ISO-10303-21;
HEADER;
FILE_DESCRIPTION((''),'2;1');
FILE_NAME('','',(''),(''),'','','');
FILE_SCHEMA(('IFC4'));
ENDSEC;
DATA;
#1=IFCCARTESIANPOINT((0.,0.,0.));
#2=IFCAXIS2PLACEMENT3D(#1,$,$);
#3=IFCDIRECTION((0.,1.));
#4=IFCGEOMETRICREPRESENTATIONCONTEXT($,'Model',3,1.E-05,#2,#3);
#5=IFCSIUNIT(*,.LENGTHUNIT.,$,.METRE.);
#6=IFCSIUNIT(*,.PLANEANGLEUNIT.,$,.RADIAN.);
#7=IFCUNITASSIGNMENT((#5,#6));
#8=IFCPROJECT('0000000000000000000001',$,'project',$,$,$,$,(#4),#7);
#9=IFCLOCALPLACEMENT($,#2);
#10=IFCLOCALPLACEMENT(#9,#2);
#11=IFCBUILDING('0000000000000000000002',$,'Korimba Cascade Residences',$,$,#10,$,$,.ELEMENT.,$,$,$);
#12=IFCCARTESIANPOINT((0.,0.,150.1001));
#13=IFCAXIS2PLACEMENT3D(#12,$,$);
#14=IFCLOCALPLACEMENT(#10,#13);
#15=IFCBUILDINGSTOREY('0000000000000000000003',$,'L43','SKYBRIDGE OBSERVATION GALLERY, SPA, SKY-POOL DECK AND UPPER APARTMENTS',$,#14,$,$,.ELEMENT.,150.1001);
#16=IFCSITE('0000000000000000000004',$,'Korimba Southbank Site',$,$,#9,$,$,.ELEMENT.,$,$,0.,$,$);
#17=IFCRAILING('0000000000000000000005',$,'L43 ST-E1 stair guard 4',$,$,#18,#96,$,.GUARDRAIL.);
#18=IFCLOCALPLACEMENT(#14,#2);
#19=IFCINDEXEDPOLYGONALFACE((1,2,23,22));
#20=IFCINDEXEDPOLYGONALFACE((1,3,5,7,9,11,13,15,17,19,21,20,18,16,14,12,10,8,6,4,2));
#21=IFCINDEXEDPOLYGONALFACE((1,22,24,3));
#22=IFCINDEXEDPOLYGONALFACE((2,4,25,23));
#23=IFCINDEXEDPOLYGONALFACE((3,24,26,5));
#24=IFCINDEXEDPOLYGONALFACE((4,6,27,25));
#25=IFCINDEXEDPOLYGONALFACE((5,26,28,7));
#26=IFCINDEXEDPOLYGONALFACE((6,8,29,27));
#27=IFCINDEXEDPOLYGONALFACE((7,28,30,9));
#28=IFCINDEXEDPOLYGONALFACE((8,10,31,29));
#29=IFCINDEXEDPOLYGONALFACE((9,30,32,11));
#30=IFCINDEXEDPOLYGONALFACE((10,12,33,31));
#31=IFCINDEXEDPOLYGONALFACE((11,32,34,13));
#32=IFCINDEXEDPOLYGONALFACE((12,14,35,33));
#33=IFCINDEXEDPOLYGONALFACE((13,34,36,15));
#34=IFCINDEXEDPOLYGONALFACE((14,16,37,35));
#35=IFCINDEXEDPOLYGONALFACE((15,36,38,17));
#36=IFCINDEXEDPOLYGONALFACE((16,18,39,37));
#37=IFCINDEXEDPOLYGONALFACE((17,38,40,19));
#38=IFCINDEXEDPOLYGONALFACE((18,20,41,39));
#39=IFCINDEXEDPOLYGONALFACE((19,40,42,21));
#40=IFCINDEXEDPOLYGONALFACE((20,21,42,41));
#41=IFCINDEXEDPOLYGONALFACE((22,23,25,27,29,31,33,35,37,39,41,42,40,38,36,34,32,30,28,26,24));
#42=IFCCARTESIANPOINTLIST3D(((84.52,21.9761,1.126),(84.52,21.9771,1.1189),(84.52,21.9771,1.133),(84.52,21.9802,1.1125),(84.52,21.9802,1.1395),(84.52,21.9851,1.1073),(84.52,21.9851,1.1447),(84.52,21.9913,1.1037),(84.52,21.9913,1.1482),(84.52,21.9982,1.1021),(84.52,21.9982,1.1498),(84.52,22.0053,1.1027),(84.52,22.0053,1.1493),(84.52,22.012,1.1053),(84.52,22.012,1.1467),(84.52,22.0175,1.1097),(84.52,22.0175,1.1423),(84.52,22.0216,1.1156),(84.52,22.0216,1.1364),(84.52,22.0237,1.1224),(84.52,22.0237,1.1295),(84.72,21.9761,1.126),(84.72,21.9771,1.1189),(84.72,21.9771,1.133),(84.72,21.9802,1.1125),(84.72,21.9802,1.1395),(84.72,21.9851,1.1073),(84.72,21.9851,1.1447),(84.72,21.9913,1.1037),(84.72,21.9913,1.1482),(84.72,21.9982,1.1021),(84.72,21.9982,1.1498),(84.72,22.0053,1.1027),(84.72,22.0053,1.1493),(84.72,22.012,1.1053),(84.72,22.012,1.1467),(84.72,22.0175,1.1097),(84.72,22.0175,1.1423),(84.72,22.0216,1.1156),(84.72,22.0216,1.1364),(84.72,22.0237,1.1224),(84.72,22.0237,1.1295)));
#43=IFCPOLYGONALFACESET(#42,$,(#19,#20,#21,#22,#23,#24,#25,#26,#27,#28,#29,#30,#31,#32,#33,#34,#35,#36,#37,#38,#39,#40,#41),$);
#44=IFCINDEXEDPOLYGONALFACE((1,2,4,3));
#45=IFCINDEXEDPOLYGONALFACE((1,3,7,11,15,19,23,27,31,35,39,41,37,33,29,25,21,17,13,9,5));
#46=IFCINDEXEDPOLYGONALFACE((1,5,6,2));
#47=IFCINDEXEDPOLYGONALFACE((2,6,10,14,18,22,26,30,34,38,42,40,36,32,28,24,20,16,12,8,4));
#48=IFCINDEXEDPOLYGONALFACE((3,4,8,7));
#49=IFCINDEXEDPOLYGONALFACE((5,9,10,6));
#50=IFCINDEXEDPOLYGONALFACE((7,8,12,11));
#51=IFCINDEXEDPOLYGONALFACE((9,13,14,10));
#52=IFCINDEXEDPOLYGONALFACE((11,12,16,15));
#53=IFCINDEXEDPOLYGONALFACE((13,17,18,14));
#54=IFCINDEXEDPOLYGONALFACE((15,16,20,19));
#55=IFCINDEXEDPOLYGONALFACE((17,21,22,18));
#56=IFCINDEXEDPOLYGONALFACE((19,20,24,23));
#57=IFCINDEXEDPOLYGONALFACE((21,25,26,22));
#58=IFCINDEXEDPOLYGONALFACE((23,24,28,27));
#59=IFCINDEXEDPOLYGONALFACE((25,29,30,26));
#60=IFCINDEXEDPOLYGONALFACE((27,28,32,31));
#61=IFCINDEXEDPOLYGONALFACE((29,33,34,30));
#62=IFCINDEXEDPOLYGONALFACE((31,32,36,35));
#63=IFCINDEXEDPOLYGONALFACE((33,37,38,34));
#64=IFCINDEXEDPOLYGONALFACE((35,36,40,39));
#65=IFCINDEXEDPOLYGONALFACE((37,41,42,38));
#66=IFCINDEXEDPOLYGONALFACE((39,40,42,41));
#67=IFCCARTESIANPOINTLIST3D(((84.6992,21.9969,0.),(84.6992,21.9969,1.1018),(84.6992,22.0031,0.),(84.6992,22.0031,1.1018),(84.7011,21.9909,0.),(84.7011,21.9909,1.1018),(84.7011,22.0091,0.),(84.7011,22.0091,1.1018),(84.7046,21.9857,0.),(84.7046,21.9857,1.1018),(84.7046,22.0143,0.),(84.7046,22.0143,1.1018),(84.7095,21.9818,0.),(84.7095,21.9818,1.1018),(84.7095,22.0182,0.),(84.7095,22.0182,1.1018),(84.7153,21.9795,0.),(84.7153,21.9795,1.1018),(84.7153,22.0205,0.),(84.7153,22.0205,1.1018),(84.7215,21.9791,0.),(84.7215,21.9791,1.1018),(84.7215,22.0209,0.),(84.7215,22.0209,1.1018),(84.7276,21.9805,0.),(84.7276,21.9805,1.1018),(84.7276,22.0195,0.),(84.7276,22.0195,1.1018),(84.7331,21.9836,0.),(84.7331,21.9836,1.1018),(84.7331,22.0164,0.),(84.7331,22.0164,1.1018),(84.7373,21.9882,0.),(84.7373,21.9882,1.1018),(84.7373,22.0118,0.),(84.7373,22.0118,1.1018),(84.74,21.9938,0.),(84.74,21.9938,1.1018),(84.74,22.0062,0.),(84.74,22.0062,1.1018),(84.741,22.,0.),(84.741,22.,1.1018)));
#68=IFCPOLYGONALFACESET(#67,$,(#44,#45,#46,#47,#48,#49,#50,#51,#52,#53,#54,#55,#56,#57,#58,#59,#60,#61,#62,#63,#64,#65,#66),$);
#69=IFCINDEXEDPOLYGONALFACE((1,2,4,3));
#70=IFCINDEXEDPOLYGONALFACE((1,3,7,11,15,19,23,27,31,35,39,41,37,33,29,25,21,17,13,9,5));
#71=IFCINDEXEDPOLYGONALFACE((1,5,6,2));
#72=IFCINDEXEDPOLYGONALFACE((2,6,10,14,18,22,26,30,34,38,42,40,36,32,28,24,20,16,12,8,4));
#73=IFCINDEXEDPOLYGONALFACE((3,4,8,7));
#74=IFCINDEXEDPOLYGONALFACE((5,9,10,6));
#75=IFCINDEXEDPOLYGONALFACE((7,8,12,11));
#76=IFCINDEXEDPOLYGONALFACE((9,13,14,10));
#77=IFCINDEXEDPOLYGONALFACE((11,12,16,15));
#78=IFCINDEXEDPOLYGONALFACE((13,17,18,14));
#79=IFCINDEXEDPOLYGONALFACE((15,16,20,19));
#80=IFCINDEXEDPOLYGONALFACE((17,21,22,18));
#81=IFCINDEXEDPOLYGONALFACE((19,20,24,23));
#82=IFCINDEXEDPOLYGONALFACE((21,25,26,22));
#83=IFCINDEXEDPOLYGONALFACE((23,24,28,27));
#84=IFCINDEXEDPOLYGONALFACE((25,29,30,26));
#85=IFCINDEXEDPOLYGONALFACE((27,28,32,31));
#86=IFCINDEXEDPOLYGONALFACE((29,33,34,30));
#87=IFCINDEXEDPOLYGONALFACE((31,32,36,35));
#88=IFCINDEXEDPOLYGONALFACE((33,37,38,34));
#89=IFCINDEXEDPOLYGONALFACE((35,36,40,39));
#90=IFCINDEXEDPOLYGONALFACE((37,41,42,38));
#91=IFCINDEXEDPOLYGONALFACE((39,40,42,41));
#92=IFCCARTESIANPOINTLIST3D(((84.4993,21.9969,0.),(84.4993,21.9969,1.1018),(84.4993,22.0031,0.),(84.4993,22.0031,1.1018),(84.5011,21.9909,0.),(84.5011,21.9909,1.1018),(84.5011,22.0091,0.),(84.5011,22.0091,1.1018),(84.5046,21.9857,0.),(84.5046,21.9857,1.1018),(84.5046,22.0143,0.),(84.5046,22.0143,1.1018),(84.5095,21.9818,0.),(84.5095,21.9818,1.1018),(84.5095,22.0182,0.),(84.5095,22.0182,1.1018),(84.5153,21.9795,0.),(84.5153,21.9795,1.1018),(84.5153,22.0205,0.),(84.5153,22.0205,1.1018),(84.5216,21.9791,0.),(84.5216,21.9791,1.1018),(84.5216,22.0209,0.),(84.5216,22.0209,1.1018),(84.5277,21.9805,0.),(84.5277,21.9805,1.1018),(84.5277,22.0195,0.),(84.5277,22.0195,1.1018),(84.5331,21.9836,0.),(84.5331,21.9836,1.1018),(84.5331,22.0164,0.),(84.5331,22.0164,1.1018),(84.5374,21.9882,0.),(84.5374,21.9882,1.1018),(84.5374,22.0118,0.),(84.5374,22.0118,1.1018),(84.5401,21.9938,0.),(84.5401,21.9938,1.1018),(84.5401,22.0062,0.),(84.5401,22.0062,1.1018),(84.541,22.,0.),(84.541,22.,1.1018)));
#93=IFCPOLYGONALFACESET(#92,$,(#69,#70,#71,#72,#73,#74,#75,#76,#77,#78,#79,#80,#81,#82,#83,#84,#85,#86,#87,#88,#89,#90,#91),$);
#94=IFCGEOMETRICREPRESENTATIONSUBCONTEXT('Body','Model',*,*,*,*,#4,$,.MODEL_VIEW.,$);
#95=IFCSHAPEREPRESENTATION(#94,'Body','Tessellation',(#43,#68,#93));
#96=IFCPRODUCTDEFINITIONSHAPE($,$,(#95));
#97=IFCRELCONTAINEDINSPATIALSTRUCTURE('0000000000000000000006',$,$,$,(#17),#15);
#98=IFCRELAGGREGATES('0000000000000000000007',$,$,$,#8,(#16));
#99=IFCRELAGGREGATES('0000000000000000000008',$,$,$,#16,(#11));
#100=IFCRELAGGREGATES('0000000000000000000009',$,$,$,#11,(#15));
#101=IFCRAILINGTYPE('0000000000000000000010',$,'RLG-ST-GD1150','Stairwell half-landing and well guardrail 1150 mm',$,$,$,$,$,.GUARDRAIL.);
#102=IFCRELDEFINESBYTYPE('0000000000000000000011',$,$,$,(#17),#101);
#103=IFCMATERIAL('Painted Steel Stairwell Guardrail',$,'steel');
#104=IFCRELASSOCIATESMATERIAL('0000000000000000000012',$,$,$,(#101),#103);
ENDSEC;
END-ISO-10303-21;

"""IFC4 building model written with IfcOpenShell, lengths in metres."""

from ifc_helpers import new_model, si_unit, direction, frame, origin, origin_2d, place, context, subcontext, project, spatial, circle, extrude, material, type_object, element, save


model = new_model("IFC4")

# Units and contexts
model_context = context("Model", 3, precision=1e-05, world=origin(), true_north=direction((0.0, 1.0)))
body_context = subcontext(model_context, "Body", "Model", "MODEL_VIEW")
ifc_project = project(units=[si_unit("LENGTHUNIT", "METRE"), si_unit("PLANEANGLEUNIT", "RADIAN")], contexts=[model_context])

# Site, building, storey
site_placement = place(None, origin())
site = spatial("IfcSite", under=ifc_project, at=site_placement, Name="Korimba Southbank Site", CompositionType="ELEMENT", RefElevation=0.0)
building_placement = place(site_placement, origin())
building = spatial("IfcBuilding", under=site, at=building_placement, Name="Korimba Cascade Residences", CompositionType="ELEMENT")
storey_placement = place(building_placement, frame((0.0, 0.0, 150.1001)))
storey = spatial("IfcBuildingStorey", under=building, at=storey_placement, Name="L43", Description="SKYBRIDGE OBSERVATION GALLERY, SPA, SKY-POOL DECK AND UPPER APARTMENTS", CompositionType="ELEMENT", Elevation=150.1001)

# Railing
ifc_material_1 = material(Name="Painted Steel Stairwell Guardrail", Category="steel")
railing_type_1 = type_object("IfcRailingType", Name="RLG-ST-GD1150", Description="Stairwell half-landing and well guardrail 1150 mm", PredefinedType="GUARDRAIL", material=ifc_material_1)
railing_1_placement = place(storey_placement, frame((84.72, 22.0, 0.0)))
element("IfcRailing", 1, at=railing_1_placement, inside=storey, type_object=railing_type_1, Name="L43 ST-E1 stair guard 4", PredefinedType="GUARDRAIL", context=body_context, shape_type="SweptSolid", body=[
    extrude(circle(Radius=0.0239, at=origin_2d()), frame((0.0, 0.0, 1.126), z_axis=(-1.0, 0.0, 0.0), x_axis=(0.0, -1.0, 0.0)), (0.0, 0.0, 1.0), 0.2),
    extrude(circle(Radius=0.021, at=origin_2d()), origin(), (0.0, 0.0, 1.0), 1.1018),
    extrude(circle(Radius=0.021, at=origin_2d()), frame((-0.2, 0.0, 0.0)), (0.0, 0.0, 1.0), 1.1018),
])

save(model, "model.ifc")
